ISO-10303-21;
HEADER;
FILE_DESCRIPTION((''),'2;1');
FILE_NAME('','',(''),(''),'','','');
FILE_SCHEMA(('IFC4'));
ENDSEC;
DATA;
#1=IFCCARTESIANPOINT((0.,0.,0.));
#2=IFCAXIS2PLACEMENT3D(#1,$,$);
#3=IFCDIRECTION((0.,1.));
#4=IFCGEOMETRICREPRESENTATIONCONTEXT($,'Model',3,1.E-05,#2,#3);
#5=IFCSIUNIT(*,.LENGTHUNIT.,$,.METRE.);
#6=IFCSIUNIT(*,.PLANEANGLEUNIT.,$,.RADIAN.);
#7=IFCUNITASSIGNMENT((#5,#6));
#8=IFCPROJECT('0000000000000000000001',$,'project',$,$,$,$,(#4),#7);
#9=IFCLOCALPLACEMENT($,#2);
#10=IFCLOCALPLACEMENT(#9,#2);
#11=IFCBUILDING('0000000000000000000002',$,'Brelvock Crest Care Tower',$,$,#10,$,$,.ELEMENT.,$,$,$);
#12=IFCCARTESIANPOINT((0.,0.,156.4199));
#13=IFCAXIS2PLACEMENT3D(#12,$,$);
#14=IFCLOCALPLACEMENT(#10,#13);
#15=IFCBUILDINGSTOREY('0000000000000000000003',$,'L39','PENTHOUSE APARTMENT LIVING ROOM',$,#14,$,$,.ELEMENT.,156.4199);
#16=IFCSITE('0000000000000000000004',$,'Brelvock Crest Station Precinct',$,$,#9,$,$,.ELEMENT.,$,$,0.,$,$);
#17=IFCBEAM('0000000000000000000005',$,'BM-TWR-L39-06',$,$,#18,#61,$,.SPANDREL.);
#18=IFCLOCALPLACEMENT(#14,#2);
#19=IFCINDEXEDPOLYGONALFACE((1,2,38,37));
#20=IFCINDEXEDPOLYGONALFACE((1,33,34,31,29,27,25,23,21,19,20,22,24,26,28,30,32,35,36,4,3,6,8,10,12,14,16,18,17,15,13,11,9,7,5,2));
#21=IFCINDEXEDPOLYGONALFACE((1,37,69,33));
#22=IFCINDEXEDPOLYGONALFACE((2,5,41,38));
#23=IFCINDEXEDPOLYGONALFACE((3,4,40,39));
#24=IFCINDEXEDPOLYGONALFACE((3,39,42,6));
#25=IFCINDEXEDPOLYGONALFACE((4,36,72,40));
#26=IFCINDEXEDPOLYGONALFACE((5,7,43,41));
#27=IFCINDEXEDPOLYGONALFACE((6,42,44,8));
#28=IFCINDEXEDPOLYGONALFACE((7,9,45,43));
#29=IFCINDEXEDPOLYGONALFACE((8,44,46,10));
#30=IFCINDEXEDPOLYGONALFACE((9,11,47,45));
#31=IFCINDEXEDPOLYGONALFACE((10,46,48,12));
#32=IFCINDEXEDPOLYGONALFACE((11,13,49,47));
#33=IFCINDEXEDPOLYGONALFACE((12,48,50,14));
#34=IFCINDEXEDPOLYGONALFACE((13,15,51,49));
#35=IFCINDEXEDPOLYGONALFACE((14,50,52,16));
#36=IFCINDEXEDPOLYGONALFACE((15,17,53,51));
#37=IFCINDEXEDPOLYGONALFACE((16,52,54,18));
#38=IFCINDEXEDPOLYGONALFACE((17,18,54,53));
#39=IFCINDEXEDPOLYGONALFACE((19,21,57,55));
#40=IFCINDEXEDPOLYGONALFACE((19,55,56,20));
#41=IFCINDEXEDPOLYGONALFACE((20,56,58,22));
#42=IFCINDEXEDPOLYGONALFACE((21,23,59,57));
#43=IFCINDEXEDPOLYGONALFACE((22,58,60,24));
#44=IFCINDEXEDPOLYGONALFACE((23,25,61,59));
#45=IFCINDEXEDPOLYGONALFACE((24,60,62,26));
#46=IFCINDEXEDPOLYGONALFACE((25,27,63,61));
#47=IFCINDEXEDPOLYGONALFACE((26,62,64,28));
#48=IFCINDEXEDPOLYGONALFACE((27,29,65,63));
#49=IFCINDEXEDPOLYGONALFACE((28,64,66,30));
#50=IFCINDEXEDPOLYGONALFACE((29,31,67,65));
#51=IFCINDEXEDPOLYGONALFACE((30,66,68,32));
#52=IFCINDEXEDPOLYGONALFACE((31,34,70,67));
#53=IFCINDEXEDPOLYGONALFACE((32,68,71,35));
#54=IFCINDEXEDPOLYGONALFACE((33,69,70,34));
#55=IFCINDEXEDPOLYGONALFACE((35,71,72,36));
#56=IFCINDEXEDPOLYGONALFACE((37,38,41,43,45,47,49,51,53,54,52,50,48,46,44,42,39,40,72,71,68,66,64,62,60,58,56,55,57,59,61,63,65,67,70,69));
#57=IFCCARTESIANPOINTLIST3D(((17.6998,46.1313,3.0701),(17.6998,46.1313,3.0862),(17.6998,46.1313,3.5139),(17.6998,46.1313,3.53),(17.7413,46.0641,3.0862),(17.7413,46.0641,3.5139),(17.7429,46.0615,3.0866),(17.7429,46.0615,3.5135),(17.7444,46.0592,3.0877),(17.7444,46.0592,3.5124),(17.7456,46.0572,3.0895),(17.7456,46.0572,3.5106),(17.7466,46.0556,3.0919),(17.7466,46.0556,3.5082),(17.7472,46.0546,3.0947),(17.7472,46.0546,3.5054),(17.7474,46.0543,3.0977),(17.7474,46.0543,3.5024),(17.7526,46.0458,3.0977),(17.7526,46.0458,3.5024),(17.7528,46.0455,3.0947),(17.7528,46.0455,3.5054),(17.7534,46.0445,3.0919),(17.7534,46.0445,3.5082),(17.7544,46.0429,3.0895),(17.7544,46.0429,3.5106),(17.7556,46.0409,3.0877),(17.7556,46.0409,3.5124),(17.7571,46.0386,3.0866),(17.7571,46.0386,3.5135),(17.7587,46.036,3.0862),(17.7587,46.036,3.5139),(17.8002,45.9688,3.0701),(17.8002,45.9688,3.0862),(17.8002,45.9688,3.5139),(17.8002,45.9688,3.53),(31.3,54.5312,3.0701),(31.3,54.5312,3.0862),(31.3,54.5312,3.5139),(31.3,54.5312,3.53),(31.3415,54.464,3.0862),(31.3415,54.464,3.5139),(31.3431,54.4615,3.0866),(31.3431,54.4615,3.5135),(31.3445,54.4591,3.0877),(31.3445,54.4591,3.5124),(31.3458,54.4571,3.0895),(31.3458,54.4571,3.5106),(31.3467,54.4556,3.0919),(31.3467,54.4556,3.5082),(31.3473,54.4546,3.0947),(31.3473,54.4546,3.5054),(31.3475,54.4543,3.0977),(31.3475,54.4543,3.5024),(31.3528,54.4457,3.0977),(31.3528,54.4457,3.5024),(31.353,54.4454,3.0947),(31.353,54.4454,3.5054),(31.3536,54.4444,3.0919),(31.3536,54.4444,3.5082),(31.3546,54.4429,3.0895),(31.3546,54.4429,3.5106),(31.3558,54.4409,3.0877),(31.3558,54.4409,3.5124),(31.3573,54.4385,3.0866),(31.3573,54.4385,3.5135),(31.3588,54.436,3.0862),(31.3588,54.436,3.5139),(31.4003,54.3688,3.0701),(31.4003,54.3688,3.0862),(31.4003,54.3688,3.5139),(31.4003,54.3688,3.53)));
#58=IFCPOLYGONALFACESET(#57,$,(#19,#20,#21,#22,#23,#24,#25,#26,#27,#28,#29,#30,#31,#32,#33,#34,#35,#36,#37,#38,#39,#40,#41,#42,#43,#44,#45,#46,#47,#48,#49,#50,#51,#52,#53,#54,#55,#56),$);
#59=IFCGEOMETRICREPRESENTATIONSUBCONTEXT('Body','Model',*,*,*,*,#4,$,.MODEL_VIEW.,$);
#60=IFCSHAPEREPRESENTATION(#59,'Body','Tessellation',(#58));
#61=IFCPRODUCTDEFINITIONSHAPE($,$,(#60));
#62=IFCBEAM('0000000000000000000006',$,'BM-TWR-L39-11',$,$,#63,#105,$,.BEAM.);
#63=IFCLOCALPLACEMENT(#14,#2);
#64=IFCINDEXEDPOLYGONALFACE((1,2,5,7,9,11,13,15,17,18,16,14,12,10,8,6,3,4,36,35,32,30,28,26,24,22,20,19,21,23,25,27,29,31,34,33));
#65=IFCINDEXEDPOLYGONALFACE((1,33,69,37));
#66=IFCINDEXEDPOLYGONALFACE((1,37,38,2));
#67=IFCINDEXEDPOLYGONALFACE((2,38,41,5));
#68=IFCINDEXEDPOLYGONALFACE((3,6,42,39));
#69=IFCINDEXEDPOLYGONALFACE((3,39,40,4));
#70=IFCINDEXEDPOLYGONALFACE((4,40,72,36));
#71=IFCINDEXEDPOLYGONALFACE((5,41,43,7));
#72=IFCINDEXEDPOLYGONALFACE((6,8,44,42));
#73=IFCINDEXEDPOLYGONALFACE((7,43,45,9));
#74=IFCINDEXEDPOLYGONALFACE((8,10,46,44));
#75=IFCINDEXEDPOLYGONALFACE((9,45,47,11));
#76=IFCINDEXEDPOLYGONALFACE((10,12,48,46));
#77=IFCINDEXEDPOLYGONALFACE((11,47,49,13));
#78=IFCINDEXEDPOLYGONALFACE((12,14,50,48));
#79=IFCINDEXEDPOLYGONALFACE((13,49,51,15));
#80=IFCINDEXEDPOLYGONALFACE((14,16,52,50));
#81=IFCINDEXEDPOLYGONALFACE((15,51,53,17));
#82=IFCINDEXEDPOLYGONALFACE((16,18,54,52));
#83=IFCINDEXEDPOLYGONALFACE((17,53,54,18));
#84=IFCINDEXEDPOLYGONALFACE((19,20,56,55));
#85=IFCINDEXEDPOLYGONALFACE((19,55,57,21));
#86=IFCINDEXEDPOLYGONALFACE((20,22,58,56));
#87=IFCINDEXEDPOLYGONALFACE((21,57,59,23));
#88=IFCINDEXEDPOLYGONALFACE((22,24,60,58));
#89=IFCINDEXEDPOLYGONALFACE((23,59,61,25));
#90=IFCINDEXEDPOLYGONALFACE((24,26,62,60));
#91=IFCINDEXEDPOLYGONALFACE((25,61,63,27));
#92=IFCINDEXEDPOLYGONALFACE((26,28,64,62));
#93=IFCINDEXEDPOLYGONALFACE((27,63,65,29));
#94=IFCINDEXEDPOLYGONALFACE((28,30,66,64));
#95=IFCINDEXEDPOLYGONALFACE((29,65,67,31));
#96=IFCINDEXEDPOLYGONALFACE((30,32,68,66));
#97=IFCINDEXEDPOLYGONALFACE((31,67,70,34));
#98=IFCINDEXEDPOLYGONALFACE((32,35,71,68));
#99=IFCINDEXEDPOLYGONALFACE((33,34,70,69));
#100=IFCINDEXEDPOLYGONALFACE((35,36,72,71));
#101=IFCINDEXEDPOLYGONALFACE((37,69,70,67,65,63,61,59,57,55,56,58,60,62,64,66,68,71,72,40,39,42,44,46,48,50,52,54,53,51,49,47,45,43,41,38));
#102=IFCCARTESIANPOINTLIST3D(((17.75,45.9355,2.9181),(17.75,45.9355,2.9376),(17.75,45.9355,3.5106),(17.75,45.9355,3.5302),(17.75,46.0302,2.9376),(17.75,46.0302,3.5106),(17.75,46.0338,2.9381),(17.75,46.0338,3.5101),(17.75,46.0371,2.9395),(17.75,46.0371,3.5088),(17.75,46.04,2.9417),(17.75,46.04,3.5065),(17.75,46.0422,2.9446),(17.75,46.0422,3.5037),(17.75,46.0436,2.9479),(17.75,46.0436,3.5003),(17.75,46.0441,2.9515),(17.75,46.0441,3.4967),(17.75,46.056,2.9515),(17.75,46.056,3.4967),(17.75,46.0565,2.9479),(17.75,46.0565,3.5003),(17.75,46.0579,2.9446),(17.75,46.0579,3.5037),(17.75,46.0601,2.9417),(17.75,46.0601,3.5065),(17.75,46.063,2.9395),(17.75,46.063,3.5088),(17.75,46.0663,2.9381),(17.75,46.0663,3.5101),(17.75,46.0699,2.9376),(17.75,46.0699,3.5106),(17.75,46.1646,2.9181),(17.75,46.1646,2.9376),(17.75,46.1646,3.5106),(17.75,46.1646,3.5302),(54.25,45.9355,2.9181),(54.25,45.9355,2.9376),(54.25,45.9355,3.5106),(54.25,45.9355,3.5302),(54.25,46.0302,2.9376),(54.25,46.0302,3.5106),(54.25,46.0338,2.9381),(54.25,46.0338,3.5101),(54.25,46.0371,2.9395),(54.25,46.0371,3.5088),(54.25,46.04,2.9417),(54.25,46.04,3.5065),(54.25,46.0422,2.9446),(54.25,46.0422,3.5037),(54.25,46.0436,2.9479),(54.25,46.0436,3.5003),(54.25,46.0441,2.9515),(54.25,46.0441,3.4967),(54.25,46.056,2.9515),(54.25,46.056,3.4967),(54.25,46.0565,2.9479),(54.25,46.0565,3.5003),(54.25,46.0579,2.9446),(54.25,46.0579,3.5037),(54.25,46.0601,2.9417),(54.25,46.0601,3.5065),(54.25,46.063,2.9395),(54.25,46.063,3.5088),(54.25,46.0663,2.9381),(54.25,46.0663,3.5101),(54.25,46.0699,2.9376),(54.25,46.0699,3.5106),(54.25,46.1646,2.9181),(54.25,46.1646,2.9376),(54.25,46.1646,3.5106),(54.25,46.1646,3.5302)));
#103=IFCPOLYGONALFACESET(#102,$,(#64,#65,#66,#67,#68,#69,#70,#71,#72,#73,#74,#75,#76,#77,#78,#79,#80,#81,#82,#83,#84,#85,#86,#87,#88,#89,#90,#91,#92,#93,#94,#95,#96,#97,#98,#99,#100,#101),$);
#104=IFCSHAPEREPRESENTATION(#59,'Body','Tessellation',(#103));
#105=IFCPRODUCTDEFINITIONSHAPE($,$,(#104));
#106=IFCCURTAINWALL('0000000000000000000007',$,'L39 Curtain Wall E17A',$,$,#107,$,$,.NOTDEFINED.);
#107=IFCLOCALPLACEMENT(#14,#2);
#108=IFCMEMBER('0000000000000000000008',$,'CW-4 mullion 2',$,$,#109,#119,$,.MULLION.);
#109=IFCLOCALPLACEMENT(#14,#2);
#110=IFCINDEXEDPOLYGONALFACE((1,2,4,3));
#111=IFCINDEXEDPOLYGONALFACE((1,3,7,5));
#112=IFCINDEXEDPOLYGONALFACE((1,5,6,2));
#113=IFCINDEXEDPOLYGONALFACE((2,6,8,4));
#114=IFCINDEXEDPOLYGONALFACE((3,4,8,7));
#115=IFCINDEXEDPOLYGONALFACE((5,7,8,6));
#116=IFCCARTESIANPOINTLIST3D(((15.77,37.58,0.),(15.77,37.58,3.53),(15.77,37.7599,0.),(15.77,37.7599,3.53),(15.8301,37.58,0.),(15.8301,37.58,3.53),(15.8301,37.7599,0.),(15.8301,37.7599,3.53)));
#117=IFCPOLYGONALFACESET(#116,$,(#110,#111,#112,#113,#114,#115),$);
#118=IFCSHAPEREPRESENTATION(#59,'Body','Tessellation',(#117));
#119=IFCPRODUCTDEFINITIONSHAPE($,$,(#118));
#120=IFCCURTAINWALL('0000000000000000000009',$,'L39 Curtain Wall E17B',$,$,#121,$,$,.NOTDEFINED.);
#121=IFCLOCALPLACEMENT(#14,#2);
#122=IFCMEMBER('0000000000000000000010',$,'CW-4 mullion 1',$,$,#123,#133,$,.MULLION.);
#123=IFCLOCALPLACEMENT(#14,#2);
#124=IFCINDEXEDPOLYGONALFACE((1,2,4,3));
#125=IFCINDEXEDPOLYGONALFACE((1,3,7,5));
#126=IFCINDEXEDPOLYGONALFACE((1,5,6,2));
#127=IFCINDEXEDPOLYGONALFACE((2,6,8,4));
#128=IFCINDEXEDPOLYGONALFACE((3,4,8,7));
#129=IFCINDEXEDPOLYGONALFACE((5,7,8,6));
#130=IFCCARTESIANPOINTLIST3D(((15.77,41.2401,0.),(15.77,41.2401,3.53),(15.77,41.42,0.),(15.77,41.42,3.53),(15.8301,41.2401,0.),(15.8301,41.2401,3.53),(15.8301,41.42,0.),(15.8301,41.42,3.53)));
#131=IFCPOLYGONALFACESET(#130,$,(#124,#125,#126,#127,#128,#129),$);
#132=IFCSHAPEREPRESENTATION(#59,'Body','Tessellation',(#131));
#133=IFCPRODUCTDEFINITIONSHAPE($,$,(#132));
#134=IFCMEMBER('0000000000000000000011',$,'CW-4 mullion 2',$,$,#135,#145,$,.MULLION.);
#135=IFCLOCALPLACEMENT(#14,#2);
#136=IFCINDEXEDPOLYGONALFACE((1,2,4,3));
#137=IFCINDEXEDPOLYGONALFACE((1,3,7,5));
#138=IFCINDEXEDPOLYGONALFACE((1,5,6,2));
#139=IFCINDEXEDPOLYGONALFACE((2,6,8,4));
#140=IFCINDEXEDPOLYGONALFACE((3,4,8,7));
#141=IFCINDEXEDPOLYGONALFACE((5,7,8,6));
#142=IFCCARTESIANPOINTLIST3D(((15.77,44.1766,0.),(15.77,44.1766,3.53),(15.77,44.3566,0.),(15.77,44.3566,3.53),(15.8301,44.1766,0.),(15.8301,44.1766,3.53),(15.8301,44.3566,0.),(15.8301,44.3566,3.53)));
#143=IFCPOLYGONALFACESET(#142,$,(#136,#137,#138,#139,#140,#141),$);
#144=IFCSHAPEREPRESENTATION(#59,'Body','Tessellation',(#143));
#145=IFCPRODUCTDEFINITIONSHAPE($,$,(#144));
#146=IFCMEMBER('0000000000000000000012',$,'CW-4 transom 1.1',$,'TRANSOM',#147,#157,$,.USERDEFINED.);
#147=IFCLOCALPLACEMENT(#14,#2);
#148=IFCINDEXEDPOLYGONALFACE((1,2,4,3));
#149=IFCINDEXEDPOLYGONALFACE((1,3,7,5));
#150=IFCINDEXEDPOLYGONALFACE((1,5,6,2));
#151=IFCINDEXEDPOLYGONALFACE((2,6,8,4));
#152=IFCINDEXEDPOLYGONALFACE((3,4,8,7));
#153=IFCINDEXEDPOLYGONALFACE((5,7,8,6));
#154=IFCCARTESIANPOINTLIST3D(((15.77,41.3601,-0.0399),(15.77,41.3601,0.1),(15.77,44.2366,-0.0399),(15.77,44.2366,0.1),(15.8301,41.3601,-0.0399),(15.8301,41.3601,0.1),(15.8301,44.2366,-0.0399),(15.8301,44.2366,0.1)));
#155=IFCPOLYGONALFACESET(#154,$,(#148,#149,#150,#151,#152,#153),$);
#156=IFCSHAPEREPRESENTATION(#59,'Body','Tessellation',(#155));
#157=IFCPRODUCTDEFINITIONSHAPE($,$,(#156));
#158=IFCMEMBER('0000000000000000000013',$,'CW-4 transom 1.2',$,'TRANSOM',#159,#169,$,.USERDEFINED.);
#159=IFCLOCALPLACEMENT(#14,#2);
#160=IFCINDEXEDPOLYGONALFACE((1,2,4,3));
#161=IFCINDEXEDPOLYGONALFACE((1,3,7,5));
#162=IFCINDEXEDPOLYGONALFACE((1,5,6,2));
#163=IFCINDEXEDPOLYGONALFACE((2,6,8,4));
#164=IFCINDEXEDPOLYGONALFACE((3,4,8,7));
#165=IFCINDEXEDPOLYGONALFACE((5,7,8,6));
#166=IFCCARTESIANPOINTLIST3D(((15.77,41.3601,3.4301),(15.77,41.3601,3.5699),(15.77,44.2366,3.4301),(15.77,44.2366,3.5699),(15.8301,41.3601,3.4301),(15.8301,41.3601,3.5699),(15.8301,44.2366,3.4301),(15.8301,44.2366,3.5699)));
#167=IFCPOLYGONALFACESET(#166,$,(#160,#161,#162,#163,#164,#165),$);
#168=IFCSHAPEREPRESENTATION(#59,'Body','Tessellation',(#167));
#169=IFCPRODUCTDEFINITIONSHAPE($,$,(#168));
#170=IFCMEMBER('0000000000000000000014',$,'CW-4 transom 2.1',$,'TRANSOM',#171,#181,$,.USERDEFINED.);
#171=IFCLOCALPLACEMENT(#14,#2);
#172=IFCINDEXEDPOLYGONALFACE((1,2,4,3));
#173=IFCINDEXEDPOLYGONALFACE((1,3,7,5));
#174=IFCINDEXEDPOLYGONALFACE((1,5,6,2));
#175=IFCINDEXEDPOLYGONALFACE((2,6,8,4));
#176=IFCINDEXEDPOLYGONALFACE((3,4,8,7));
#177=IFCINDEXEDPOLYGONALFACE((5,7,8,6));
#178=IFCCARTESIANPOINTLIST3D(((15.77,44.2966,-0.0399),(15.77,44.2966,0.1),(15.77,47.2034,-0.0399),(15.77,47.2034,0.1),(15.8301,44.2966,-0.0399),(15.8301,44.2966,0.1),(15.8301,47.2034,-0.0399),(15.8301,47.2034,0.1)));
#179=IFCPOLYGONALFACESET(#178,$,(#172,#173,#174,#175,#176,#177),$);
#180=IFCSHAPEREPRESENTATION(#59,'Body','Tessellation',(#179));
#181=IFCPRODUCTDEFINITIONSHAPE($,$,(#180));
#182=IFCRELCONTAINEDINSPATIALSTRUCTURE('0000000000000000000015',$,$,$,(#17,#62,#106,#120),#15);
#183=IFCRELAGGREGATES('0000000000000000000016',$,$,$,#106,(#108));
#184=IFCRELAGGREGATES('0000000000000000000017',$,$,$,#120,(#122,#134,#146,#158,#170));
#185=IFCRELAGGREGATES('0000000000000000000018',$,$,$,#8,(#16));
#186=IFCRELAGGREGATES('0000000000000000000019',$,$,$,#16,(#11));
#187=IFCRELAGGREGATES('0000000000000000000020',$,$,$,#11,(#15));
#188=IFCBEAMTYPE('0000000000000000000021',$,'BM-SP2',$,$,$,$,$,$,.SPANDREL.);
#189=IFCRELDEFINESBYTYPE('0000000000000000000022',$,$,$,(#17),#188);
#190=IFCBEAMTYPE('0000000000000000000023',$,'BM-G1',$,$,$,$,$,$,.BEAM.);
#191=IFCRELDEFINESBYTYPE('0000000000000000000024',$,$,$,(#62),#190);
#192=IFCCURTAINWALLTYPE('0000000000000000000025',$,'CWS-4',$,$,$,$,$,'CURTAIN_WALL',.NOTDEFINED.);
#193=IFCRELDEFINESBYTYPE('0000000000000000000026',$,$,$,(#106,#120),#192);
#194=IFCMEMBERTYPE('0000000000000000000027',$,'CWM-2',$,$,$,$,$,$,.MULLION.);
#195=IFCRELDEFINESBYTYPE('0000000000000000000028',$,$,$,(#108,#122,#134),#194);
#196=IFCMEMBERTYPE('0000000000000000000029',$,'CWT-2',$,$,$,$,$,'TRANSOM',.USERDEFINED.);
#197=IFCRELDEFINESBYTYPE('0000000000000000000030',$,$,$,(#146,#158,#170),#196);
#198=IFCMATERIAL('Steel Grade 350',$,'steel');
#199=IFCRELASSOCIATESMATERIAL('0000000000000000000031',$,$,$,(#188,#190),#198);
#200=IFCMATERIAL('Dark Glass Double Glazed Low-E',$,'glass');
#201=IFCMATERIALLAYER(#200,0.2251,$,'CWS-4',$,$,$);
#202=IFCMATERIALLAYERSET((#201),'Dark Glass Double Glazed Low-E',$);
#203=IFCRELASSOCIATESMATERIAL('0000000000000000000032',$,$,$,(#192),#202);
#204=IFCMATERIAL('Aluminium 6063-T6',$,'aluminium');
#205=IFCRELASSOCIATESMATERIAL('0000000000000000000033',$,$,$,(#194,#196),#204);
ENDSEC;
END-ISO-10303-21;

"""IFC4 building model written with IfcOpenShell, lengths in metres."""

from ifc_helpers import new_model, si_unit, direction, frame, origin, origin_2d, place, context, subcontext, project, spatial, rectangle, i_section, extrude, source, transform, mapped, material, layer, layer_set, material_profile, profile_set, type_object, element, aggregate, save


model = new_model("IFC4")

# Units and contexts
model_context = context("Model", 3, precision=1e-05, world=origin(), true_north=direction((0.0, 1.0)))
body_context = subcontext(model_context, "Body", "Model", "MODEL_VIEW")
ifc_project = project(units=[si_unit("LENGTHUNIT", "METRE"), si_unit("PLANEANGLEUNIT", "RADIAN")], contexts=[model_context])

# Site, building, storey
site_placement = place(None, origin())
site = spatial("IfcSite", under=ifc_project, at=site_placement, Name="Brelvock Crest Station Precinct", CompositionType="ELEMENT", RefElevation=0.0)
building_placement = place(site_placement, origin())
building = spatial("IfcBuilding", under=site, at=building_placement, Name="Brelvock Crest Care Tower", CompositionType="ELEMENT")
storey_placement = place(building_placement, frame((0.0, 0.0, 156.4199)))
storey = spatial("IfcBuildingStorey", under=building, at=storey_placement, Name="L39", Description="PENTHOUSE APARTMENT LIVING ROOM", CompositionType="ELEMENT", Elevation=156.4199)

# Shared definitions
ifc_material_1 = material(Name="Steel Grade 350", Category="steel")

# Beams
ifc_material_profile_1 = material_profile(ifc_material_1, i_section(OverallWidth=0.1909, OverallDepth=0.46, WebThickness=0.01, FlangeThickness=0.0161, FilletRadius=0.0115, at=origin_2d()), Name="460UB82.1")
ifc_profile_set_1 = profile_set([ifc_material_profile_1], Name="Steel Grade 350")
beam_type_1 = type_object("IfcBeamType", Name="BM-SP2", PredefinedType="SPANDREL", material=ifc_profile_set_1)
shared_shape_1 = source(origin(), body_context, "Body", "SweptSolid", [
    extrude(i_section(OverallWidth=0.1909, OverallDepth=0.46, WebThickness=0.01, FlangeThickness=0.0161, FilletRadius=0.0115, at=origin_2d()), origin(), (0.0, 0.0, 1.0), 15.9851),
])
beam_1_placement = place(storey_placement, frame((17.75, 46.05, 3.3), z_axis=(0.850802, 0.525486, 0.0), x_axis=(-0.525486, 0.850802, 0.0)))
element("IfcBeam", 1, at=beam_1_placement, inside=storey, type_object=beam_type_1, Name="BM-TWR-L39-06", PredefinedType="SPANDREL", context=body_context, shape_type="MappedRepresentation", body=[
    mapped(shared_shape_1, transform((0.0, 0.0, 0.0), x_axis=(1.0, 0.0, 0.0), y_axis=(0.0, 1.0, 0.0), z_axis=(0.0, 0.0, 1.0), scale=1.0)),
])
ifc_material_profile_2 = material_profile(ifc_material_1, i_section(OverallWidth=0.229, OverallDepth=0.6121, WebThickness=0.012, FlangeThickness=0.0195, FilletRadius=0.0139, at=origin_2d()), Name="610UB125")
ifc_profile_set_2 = profile_set([ifc_material_profile_2], Name="Steel Grade 350")
beam_type_2 = type_object("IfcBeamType", Name="BM-G1", PredefinedType="BEAM", material=ifc_profile_set_2)
shared_shape_2 = source(origin(), body_context, "Body", "SweptSolid", [
    extrude(i_section(OverallWidth=0.229, OverallDepth=0.6121, WebThickness=0.012, FlangeThickness=0.0195, FilletRadius=0.0139, at=origin_2d()), origin(), (0.0, 0.0, 1.0), 36.5),
])
beam_2_placement = place(storey_placement, frame((17.75, 46.05, 3.2241), z_axis=(1.0, 0.0, 0.0), x_axis=(0.0, 1.0, 0.0)))
element("IfcBeam", 2, at=beam_2_placement, inside=storey, type_object=beam_type_2, Name="BM-TWR-L39-11", PredefinedType="BEAM", context=body_context, shape_type="MappedRepresentation", body=[
    mapped(shared_shape_2, transform((0.0, 0.0, 0.0), x_axis=(1.0, 0.0, 0.0), y_axis=(0.0, 1.0, 0.0), z_axis=(0.0, 0.0, 1.0), scale=1.0)),
])

# Curtain wall, member
ifc_material_2 = material(Name="Dark Glass Double Glazed Low-E", Category="glass")
ifc_layer_1 = layer(ifc_material_2, 0.2251, Name="CWS-4")
ifc_layer_set_1 = layer_set([ifc_layer_1], Name="Dark Glass Double Glazed Low-E")
curtain_wall_type = type_object("IfcCurtainWallType", Name="CWS-4", ElementType="CURTAIN_WALL", PredefinedType="NOTDEFINED", material=ifc_layer_set_1)
curtain_wall_1_placement = place(storey_placement, origin())
curtain_wall_1 = element("IfcCurtainWall", 3, at=curtain_wall_1_placement, inside=storey, type_object=curtain_wall_type, Name="L39 Curtain Wall E17A", PredefinedType="NOTDEFINED")
ifc_material_3 = material(Name="Aluminium 6063-T6", Category="aluminium")
ifc_material_profile_3 = material_profile(ifc_material_3, rectangle(XDim=0.0601, YDim=0.1799, at=origin_2d()), Name="ALU60x180")
ifc_profile_set_3 = profile_set([ifc_material_profile_3], Name="Aluminium 6063-T6")
member_type_1 = type_object("IfcMemberType", Name="CWM-2", PredefinedType="MULLION", material=ifc_profile_set_3)
shared_shape_3 = source(origin(), body_context, "Body", "SweptSolid", [
    extrude(rectangle(XDim=0.0601, YDim=0.1799, at=origin_2d()), origin(), (0.0, 0.0, 1.0), 3.53),
])
member_1_placement = place(storey_placement, frame((15.8, 37.6699, 0.0), z_axis=(0.0, 0.0, 1.0), x_axis=(-1.0, 0.0, 0.0)))
member_1 = element("IfcMember", 4, at=member_1_placement, type_object=member_type_1, Name="CW-4 mullion 2", PredefinedType="MULLION", context=body_context, shape_type="MappedRepresentation", body=[
    mapped(shared_shape_3, transform((0.0, 0.0, 0.0), x_axis=(1.0, 0.0, 0.0), y_axis=(0.0, 1.0, 0.0), z_axis=(0.0, 0.0, 1.0), scale=1.0)),
])
aggregate(curtain_wall_1, [member_1])

# Curtain wall, members
curtain_wall_2_placement = place(storey_placement, origin())
curtain_wall_2 = element("IfcCurtainWall", 5, at=curtain_wall_2_placement, inside=storey, type_object=curtain_wall_type, Name="L39 Curtain Wall E17B", PredefinedType="NOTDEFINED")
member_2_placement = place(storey_placement, frame((15.8, 41.3301, 0.0), z_axis=(0.0, 0.0, 1.0), x_axis=(-1.0, 0.0, 0.0)))
member_2 = element("IfcMember", 6, at=member_2_placement, type_object=member_type_1, Name="CW-4 mullion 1", PredefinedType="MULLION", context=body_context, shape_type="MappedRepresentation", body=[
    mapped(shared_shape_3, transform((0.0, 0.0, 0.0), x_axis=(1.0, 0.0, 0.0), y_axis=(0.0, 1.0, 0.0), z_axis=(0.0, 0.0, 1.0), scale=1.0)),
])
member_3_placement = place(storey_placement, frame((15.8, 44.2666, 0.0), z_axis=(0.0, 0.0, 1.0), x_axis=(-1.0, 0.0, 0.0)))
member_3 = element("IfcMember", 7, at=member_3_placement, type_object=member_type_1, Name="CW-4 mullion 2", PredefinedType="MULLION", context=body_context, shape_type="MappedRepresentation", body=[
    mapped(shared_shape_3, transform((0.0, 0.0, 0.0), x_axis=(1.0, 0.0, 0.0), y_axis=(0.0, 1.0, 0.0), z_axis=(0.0, 0.0, 1.0), scale=1.0)),
])
ifc_material_profile_4 = material_profile(ifc_material_3, rectangle(XDim=0.0601, YDim=0.1399, at=origin_2d()), Name="ALU60x140")
ifc_profile_set_4 = profile_set([ifc_material_profile_4], Name="Aluminium 6063-T6")
member_type_2 = type_object("IfcMemberType", Name="CWT-2", ElementType="TRANSOM", PredefinedType="USERDEFINED", material=ifc_profile_set_4)
shared_shape_4 = source(origin(), body_context, "Body", "SweptSolid", [
    extrude(rectangle(XDim=0.0601, YDim=0.1399, at=origin_2d()), origin(), (0.0, 0.0, 1.0), 2.8765),
])
member_4_placement = place(storey_placement, frame((15.8, 41.3601, 0.03), z_axis=(0.0, 1.0, 0.0), x_axis=(-1.0, 0.0, 0.0)))
member_4 = element("IfcMember", 8, at=member_4_placement, type_object=member_type_2, Name="CW-4 transom 1.1", ObjectType="TRANSOM", PredefinedType="USERDEFINED", context=body_context, shape_type="MappedRepresentation", body=[
    mapped(shared_shape_4, transform((0.0, 0.0, 0.0), x_axis=(1.0, 0.0, 0.0), y_axis=(0.0, 1.0, 0.0), z_axis=(0.0, 0.0, 1.0), scale=1.0)),
])
member_5_placement = place(storey_placement, frame((15.8, 41.3601, 3.5), z_axis=(0.0, 1.0, 0.0), x_axis=(-1.0, 0.0, 0.0)))
member_5 = element("IfcMember", 9, at=member_5_placement, type_object=member_type_2, Name="CW-4 transom 1.2", ObjectType="TRANSOM", PredefinedType="USERDEFINED", context=body_context, shape_type="MappedRepresentation", body=[
    mapped(shared_shape_4, transform((0.0, 0.0, 0.0), x_axis=(1.0, 0.0, 0.0), y_axis=(0.0, 1.0, 0.0), z_axis=(0.0, 0.0, 1.0), scale=1.0)),
])
shared_shape_5 = source(origin(), body_context, "Body", "SweptSolid", [
    extrude(rectangle(XDim=0.0601, YDim=0.1399, at=origin_2d()), origin(), (0.0, 0.0, 1.0), 2.9067),
])
member_6_placement = place(storey_placement, frame((15.8, 44.2966, 0.03), z_axis=(0.0, 1.0, 0.0), x_axis=(-1.0, 0.0, 0.0)))
member_6 = element("IfcMember", 10, at=member_6_placement, type_object=member_type_2, Name="CW-4 transom 2.1", ObjectType="TRANSOM", PredefinedType="USERDEFINED", context=body_context, shape_type="MappedRepresentation", body=[
    mapped(shared_shape_5, transform((0.0, 0.0, 0.0), x_axis=(1.0, 0.0, 0.0), y_axis=(0.0, 1.0, 0.0), z_axis=(0.0, 0.0, 1.0), scale=1.0)),
])
aggregate(curtain_wall_2, [member_2, member_3, member_4, member_5, member_6])

save(model, "model.ifc")
